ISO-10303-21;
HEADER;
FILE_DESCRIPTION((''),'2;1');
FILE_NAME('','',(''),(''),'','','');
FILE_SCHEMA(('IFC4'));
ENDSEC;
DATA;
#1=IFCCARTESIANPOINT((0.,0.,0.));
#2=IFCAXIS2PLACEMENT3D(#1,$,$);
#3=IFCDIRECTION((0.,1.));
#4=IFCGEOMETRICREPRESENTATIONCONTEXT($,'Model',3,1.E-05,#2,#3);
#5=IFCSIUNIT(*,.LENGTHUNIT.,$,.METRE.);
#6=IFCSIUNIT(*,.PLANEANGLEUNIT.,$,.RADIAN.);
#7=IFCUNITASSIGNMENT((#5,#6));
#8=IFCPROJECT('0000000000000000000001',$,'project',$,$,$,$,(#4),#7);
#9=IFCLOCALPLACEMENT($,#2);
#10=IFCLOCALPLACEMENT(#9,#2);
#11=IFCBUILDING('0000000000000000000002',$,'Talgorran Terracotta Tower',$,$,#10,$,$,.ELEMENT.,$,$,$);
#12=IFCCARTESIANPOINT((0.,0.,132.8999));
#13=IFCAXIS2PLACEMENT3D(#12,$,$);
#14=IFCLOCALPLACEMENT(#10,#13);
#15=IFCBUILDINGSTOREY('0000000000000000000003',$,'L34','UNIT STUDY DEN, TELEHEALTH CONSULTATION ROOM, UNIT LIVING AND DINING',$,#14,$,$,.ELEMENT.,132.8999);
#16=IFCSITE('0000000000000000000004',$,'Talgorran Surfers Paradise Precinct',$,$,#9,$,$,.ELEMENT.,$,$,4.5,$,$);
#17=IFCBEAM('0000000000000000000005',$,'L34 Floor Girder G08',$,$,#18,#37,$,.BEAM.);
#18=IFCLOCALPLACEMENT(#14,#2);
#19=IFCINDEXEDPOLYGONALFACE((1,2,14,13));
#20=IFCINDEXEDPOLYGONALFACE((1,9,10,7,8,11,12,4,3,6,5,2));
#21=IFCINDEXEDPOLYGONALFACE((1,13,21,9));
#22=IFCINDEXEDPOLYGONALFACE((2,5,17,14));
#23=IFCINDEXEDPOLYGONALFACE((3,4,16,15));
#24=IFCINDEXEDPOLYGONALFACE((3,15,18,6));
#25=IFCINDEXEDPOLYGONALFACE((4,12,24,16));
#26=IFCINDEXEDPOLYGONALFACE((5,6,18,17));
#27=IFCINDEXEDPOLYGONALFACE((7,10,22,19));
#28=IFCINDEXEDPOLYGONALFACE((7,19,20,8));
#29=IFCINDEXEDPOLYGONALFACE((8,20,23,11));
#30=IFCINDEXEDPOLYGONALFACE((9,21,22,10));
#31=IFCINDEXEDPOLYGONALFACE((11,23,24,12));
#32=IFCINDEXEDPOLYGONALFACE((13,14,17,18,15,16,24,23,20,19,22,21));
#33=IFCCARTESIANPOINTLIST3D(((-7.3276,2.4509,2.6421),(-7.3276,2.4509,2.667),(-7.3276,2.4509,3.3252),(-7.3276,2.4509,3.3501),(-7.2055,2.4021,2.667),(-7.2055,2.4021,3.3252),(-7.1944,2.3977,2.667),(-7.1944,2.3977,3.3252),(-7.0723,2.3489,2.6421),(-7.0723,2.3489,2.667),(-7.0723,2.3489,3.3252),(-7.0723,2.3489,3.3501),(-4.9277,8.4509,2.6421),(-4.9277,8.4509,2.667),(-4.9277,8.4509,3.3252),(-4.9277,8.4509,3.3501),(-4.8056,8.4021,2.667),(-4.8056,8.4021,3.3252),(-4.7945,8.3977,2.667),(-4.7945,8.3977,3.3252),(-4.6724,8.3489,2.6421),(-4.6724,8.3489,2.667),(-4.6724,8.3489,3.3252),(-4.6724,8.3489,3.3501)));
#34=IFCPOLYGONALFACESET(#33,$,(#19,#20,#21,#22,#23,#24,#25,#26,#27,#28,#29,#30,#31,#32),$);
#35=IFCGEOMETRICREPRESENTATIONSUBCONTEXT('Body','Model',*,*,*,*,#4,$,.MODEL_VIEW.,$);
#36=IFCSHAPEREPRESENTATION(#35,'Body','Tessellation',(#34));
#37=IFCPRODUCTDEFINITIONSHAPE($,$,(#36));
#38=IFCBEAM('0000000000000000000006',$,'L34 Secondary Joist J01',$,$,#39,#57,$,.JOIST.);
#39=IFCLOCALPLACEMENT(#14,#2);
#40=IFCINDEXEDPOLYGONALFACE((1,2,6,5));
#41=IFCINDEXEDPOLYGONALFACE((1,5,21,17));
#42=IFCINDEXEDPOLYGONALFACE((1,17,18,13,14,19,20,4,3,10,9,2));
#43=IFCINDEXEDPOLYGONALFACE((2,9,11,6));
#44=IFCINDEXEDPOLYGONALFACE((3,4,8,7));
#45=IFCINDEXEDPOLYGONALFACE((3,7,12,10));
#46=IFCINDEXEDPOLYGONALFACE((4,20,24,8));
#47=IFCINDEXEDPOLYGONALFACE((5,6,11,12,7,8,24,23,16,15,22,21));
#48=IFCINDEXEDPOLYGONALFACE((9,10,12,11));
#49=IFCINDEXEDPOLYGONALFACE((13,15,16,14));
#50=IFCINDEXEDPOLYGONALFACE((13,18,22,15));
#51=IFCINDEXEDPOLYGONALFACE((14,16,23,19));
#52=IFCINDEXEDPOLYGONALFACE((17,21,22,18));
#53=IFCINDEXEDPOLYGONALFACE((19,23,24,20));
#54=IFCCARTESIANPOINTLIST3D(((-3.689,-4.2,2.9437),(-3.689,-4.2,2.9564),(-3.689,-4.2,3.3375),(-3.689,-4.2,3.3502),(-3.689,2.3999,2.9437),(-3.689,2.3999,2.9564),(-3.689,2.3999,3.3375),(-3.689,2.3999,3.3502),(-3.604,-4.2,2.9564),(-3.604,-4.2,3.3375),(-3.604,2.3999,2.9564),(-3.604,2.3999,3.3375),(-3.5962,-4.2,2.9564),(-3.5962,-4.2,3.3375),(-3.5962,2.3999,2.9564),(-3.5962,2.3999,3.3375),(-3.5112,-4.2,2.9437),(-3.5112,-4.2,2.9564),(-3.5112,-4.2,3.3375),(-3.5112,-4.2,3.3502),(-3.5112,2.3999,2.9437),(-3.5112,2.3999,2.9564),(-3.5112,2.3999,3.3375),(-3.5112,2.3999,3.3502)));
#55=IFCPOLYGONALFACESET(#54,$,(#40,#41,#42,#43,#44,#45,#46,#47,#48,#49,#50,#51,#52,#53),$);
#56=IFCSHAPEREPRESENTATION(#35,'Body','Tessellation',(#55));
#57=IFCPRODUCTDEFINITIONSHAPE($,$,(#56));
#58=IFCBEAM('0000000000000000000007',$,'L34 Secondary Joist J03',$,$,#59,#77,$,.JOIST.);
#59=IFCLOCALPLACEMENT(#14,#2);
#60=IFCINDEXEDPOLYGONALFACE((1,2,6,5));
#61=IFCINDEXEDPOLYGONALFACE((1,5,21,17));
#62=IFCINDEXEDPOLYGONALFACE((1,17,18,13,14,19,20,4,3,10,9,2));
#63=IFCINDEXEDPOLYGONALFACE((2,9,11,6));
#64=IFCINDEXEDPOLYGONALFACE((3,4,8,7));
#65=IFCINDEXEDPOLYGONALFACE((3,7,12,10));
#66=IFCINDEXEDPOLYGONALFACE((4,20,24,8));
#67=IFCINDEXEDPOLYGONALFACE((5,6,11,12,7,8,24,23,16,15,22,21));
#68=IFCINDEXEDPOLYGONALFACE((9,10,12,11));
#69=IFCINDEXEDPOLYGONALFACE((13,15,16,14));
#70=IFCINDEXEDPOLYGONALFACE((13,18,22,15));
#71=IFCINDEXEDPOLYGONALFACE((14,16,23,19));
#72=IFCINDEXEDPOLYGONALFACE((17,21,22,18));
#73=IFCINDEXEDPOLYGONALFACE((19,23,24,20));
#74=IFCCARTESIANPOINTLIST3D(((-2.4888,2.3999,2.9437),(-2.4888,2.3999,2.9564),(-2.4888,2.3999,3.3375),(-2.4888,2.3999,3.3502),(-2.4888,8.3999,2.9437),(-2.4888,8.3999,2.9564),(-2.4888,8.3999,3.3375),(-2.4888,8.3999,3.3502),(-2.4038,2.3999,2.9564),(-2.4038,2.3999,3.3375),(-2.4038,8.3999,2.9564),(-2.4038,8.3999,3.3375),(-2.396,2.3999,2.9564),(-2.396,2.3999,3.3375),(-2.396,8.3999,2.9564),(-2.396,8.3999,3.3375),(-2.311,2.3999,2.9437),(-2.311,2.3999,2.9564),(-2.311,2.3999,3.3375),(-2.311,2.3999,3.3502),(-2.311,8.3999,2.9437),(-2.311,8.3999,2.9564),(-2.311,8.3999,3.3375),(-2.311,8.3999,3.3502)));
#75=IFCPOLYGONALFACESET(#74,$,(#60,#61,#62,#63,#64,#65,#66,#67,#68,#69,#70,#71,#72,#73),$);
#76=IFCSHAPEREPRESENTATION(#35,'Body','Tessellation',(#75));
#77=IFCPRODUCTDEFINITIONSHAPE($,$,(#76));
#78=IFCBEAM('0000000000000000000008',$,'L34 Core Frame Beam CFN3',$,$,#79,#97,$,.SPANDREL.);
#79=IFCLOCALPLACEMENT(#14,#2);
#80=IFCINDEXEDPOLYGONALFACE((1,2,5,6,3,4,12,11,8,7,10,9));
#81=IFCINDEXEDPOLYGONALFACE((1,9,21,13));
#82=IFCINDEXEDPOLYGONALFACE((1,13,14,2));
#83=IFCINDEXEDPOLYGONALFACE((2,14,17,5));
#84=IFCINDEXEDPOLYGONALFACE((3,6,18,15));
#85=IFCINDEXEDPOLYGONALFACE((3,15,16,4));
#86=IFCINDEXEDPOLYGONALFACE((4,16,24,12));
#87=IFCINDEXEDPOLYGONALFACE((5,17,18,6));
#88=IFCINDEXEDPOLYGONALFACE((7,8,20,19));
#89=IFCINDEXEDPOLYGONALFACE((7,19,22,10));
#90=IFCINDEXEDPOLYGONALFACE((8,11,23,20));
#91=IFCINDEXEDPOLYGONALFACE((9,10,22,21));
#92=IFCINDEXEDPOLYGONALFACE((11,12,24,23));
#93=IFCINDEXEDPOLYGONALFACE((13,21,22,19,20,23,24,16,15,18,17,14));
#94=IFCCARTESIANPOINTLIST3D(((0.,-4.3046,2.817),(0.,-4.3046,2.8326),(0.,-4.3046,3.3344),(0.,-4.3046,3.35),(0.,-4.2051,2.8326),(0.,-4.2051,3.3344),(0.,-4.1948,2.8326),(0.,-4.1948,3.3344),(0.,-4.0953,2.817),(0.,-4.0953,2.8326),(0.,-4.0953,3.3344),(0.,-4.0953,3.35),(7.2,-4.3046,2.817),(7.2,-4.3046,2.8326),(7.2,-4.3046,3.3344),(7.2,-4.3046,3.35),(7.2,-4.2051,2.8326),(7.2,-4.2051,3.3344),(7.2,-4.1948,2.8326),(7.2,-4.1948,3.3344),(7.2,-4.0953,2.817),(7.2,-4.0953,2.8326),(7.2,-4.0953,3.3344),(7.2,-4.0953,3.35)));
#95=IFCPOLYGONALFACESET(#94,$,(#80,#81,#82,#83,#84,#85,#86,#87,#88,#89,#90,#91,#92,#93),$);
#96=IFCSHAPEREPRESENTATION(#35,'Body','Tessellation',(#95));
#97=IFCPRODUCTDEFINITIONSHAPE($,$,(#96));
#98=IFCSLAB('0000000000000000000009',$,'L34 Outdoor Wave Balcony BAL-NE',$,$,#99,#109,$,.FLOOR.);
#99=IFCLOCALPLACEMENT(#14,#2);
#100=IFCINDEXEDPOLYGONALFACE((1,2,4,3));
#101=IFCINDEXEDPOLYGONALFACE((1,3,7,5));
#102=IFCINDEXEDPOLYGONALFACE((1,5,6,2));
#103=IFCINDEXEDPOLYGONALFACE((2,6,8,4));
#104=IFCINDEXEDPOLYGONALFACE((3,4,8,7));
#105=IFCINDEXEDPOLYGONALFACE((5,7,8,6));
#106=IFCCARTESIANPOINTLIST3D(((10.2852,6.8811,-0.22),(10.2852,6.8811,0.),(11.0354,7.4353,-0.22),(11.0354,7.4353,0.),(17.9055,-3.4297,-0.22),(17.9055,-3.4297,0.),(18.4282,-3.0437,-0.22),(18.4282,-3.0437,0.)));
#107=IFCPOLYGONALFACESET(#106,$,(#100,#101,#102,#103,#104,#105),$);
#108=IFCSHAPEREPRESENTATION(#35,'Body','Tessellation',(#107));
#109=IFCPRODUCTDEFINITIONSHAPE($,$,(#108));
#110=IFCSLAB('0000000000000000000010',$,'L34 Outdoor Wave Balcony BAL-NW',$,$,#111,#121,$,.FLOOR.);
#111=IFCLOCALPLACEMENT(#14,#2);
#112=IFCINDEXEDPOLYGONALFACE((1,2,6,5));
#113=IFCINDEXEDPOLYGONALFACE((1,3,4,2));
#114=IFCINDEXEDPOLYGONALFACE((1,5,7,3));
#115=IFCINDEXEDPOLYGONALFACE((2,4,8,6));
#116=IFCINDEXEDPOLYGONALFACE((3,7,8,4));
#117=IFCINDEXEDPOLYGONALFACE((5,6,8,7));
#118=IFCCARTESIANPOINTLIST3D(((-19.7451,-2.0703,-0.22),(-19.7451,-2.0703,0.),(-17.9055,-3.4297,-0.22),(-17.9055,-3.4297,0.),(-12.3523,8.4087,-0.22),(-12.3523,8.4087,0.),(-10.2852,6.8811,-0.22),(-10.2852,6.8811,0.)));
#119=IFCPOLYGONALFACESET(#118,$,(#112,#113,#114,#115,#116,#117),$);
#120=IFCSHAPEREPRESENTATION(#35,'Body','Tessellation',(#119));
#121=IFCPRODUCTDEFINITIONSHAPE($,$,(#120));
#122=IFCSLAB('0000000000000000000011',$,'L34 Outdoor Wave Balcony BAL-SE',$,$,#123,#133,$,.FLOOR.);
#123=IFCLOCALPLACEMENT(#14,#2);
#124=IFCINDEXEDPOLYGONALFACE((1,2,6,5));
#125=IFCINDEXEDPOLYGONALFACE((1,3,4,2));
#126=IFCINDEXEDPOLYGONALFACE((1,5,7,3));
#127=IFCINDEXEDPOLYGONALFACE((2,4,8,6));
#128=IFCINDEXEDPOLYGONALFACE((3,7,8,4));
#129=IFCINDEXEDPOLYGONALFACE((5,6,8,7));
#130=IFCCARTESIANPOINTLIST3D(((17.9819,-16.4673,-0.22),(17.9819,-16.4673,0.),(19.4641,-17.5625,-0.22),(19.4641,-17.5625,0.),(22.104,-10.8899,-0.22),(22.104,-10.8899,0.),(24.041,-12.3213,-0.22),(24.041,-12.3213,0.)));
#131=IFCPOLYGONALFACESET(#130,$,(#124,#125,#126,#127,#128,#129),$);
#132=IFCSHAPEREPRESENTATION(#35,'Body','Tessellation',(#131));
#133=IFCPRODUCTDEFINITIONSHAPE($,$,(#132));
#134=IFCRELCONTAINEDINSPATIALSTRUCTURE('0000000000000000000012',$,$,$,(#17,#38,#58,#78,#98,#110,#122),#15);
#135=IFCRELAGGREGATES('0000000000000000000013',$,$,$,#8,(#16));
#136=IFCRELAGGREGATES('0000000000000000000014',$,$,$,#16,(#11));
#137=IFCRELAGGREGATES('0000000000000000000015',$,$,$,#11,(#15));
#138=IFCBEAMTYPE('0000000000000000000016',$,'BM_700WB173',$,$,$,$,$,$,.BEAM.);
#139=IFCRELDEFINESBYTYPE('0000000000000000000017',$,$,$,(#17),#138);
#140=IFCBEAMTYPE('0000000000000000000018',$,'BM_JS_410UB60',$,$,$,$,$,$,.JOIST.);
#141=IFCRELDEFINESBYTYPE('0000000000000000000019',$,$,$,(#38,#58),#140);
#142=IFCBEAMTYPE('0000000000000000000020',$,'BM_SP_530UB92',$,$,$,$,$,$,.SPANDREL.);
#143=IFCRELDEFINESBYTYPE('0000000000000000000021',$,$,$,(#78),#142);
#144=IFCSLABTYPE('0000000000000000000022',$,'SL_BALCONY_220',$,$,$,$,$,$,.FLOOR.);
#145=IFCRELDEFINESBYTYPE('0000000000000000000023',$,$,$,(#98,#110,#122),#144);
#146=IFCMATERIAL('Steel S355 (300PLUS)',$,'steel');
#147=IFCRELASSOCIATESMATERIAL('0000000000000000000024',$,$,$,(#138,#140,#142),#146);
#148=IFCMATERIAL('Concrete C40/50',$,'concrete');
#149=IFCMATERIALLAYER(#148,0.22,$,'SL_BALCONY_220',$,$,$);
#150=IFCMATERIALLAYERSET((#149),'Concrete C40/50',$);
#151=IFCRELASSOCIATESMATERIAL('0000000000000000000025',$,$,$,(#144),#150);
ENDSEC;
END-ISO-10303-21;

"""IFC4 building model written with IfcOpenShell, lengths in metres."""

from ifc_helpers import new_model, si_unit, direction, frame, origin, origin_2d, place, context, subcontext, project, spatial, polyline, i_section, outline, extrude, material, layer, layer_set, material_profile, profile_set, type_object, element, save


model = new_model("IFC4")

# Units and contexts
model_context = context("Model", 3, precision=1e-05, world=origin(), true_north=direction((0.0, 1.0)))
body_context = subcontext(model_context, "Body", "Model", "MODEL_VIEW")
ifc_project = project(units=[si_unit("LENGTHUNIT", "METRE"), si_unit("PLANEANGLEUNIT", "RADIAN")], contexts=[model_context])

# Site, building, storey
site_placement = place(None, origin())
site = spatial("IfcSite", under=ifc_project, at=site_placement, Name="Talgorran Surfers Paradise Precinct", CompositionType="ELEMENT", RefElevation=4.5)
building_placement = place(site_placement, origin())
building = spatial("IfcBuilding", under=site, at=building_placement, Name="Talgorran Terracotta Tower", CompositionType="ELEMENT")
storey_placement = place(building_placement, frame((0.0, 0.0, 132.8999)))
storey = spatial("IfcBuildingStorey", under=building, at=storey_placement, Name="L34", Description="UNIT STUDY DEN, TELEHEALTH CONSULTATION ROOM, UNIT LIVING AND DINING", CompositionType="ELEMENT", Elevation=132.8999)

# Shared definitions
ifc_material_1 = material(Name="Steel S355 (300PLUS)", Category="steel")

# Beams
ifc_material_profile_1 = material_profile(ifc_material_1, i_section(OverallWidth=0.2749, OverallDepth=0.708, WebThickness=0.012, FlangeThickness=0.0249, at=origin_2d()), Name="700WB173")
ifc_profile_set_1 = profile_set([ifc_material_profile_1], Name="Steel S355 (300PLUS)")
beam_type_1 = type_object("IfcBeamType", Name="BM_700WB173", PredefinedType="BEAM", material=ifc_profile_set_1)
beam_1_placement = place(storey_placement, frame((-7.2, 2.3999, 2.9961), z_axis=(0.371378, 0.928482, 0.0), x_axis=(-0.928482, 0.371378, 0.0)))
element("IfcBeam", 1, at=beam_1_placement, inside=storey, type_object=beam_type_1, Name="L34 Floor Girder G08", PredefinedType="BEAM", context=body_context, shape_type="SweptSolid", body=[
    extrude(i_section(OverallWidth=0.2749, OverallDepth=0.708, WebThickness=0.012, FlangeThickness=0.0249, at=origin_2d()), origin(), (0.0, 0.0, 1.0), 6.4622),
])
ifc_material_profile_2 = material_profile(ifc_material_1, i_section(OverallWidth=0.1777, OverallDepth=0.4065, WebThickness=0.0078, FlangeThickness=0.0127, at=origin_2d()), Name="410UB59.7")
ifc_profile_set_2 = profile_set([ifc_material_profile_2], Name="Steel S355 (300PLUS)")
beam_type_2 = type_object("IfcBeamType", Name="BM_JS_410UB60", PredefinedType="JOIST", material=ifc_profile_set_2)
beam_2_placement = place(storey_placement, frame((-3.6001, -4.2, 3.147), z_axis=(0.0, 1.0, 0.0), x_axis=(-1.0, 0.0, 0.0)))
element("IfcBeam", 2, at=beam_2_placement, inside=storey, type_object=beam_type_2, Name="L34 Secondary Joist J01", PredefinedType="JOIST", context=body_context, shape_type="SweptSolid", body=[
    extrude(i_section(OverallWidth=0.1777, OverallDepth=0.4065, WebThickness=0.0078, FlangeThickness=0.0127, at=origin_2d()), origin(), (0.0, 0.0, 1.0), 6.5999),
])
beam_3_placement = place(storey_placement, frame((-2.3999, 2.3999, 3.147), z_axis=(0.0, 1.0, 0.0), x_axis=(-1.0, 0.0, 0.0)))
element("IfcBeam", 3, at=beam_3_placement, inside=storey, type_object=beam_type_2, Name="L34 Secondary Joist J03", PredefinedType="JOIST", context=body_context, shape_type="SweptSolid", body=[
    extrude(i_section(OverallWidth=0.1777, OverallDepth=0.4065, WebThickness=0.0078, FlangeThickness=0.0127, at=origin_2d()), origin(), (0.0, 0.0, 1.0), 6.0),
])
ifc_material_profile_3 = material_profile(ifc_material_1, i_section(OverallWidth=0.2092, OverallDepth=0.533, WebThickness=0.0103, FlangeThickness=0.0156, at=origin_2d()), Name="530UB92.4")
ifc_profile_set_3 = profile_set([ifc_material_profile_3], Name="Steel S355 (300PLUS)")
beam_type_3 = type_object("IfcBeamType", Name="BM_SP_530UB92", PredefinedType="SPANDREL", material=ifc_profile_set_3)
beam_4_placement = place(storey_placement, frame((0.0, -4.2, 3.0835), z_axis=(1.0, 0.0, 0.0), x_axis=(0.0, 1.0, 0.0)))
element("IfcBeam", 4, at=beam_4_placement, inside=storey, type_object=beam_type_3, Name="L34 Core Frame Beam CFN3", PredefinedType="SPANDREL", context=body_context, shape_type="SweptSolid", body=[
    extrude(i_section(OverallWidth=0.2092, OverallDepth=0.533, WebThickness=0.0103, FlangeThickness=0.0156, at=origin_2d()), origin(), (0.0, 0.0, 1.0), 7.2),
])

# Slabs
ifc_material_2 = material(Name="Concrete C40/50", Category="concrete")
ifc_layer_1 = layer(ifc_material_2, 0.22, Name="SL_BALCONY_220")
ifc_layer_set_1 = layer_set([ifc_layer_1], Name="Concrete C40/50")
slab_type_1 = type_object("IfcSlabType", Name="SL_BALCONY_220", PredefinedType="FLOOR", material=ifc_layer_set_1)
slab_1_placement = place(storey_placement, frame((0.0, 0.0, -0.22)))
element("IfcSlab", 5, at=slab_1_placement, inside=storey, type_object=slab_type_1, Name="L34 Outdoor Wave Balcony BAL-NE", PredefinedType="FLOOR", context=body_context, shape_type="SweptSolid", body=[
    extrude(outline(polyline([(10.2852, 6.8811), (17.9055, -3.4297), (18.4282, -3.0437), (11.0354, 7.4353), (10.2852, 6.8811)])), origin(), (0.0, 0.0, 1.0), 0.22),
])
slab_2_placement = place(storey_placement, frame((0.0, 0.0, -0.22)))
element("IfcSlab", 6, at=slab_2_placement, inside=storey, type_object=slab_type_1, Name="L34 Outdoor Wave Balcony BAL-NW", PredefinedType="FLOOR", context=body_context, shape_type="SweptSolid", body=[
    extrude(outline(polyline([(-17.9055, -3.4297), (-10.2852, 6.8811), (-12.3523, 8.4087), (-19.7451, -2.0703), (-17.9055, -3.4297)])), origin(), (0.0, 0.0, 1.0), 0.22),
])
slab_3_placement = place(storey_placement, frame((0.0, 0.0, -0.22)))
element("IfcSlab", 7, at=slab_3_placement, inside=storey, type_object=slab_type_1, Name="L34 Outdoor Wave Balcony BAL-SE", PredefinedType="FLOOR", context=body_context, shape_type="SweptSolid", body=[
    extrude(outline(polyline([(22.104, -10.8899), (17.9819, -16.4673), (19.4641, -17.5625), (24.041, -12.3213), (22.104, -10.8899)])), origin(), (0.0, 0.0, 1.0), 0.22),
])

save(model, "model.ifc")
